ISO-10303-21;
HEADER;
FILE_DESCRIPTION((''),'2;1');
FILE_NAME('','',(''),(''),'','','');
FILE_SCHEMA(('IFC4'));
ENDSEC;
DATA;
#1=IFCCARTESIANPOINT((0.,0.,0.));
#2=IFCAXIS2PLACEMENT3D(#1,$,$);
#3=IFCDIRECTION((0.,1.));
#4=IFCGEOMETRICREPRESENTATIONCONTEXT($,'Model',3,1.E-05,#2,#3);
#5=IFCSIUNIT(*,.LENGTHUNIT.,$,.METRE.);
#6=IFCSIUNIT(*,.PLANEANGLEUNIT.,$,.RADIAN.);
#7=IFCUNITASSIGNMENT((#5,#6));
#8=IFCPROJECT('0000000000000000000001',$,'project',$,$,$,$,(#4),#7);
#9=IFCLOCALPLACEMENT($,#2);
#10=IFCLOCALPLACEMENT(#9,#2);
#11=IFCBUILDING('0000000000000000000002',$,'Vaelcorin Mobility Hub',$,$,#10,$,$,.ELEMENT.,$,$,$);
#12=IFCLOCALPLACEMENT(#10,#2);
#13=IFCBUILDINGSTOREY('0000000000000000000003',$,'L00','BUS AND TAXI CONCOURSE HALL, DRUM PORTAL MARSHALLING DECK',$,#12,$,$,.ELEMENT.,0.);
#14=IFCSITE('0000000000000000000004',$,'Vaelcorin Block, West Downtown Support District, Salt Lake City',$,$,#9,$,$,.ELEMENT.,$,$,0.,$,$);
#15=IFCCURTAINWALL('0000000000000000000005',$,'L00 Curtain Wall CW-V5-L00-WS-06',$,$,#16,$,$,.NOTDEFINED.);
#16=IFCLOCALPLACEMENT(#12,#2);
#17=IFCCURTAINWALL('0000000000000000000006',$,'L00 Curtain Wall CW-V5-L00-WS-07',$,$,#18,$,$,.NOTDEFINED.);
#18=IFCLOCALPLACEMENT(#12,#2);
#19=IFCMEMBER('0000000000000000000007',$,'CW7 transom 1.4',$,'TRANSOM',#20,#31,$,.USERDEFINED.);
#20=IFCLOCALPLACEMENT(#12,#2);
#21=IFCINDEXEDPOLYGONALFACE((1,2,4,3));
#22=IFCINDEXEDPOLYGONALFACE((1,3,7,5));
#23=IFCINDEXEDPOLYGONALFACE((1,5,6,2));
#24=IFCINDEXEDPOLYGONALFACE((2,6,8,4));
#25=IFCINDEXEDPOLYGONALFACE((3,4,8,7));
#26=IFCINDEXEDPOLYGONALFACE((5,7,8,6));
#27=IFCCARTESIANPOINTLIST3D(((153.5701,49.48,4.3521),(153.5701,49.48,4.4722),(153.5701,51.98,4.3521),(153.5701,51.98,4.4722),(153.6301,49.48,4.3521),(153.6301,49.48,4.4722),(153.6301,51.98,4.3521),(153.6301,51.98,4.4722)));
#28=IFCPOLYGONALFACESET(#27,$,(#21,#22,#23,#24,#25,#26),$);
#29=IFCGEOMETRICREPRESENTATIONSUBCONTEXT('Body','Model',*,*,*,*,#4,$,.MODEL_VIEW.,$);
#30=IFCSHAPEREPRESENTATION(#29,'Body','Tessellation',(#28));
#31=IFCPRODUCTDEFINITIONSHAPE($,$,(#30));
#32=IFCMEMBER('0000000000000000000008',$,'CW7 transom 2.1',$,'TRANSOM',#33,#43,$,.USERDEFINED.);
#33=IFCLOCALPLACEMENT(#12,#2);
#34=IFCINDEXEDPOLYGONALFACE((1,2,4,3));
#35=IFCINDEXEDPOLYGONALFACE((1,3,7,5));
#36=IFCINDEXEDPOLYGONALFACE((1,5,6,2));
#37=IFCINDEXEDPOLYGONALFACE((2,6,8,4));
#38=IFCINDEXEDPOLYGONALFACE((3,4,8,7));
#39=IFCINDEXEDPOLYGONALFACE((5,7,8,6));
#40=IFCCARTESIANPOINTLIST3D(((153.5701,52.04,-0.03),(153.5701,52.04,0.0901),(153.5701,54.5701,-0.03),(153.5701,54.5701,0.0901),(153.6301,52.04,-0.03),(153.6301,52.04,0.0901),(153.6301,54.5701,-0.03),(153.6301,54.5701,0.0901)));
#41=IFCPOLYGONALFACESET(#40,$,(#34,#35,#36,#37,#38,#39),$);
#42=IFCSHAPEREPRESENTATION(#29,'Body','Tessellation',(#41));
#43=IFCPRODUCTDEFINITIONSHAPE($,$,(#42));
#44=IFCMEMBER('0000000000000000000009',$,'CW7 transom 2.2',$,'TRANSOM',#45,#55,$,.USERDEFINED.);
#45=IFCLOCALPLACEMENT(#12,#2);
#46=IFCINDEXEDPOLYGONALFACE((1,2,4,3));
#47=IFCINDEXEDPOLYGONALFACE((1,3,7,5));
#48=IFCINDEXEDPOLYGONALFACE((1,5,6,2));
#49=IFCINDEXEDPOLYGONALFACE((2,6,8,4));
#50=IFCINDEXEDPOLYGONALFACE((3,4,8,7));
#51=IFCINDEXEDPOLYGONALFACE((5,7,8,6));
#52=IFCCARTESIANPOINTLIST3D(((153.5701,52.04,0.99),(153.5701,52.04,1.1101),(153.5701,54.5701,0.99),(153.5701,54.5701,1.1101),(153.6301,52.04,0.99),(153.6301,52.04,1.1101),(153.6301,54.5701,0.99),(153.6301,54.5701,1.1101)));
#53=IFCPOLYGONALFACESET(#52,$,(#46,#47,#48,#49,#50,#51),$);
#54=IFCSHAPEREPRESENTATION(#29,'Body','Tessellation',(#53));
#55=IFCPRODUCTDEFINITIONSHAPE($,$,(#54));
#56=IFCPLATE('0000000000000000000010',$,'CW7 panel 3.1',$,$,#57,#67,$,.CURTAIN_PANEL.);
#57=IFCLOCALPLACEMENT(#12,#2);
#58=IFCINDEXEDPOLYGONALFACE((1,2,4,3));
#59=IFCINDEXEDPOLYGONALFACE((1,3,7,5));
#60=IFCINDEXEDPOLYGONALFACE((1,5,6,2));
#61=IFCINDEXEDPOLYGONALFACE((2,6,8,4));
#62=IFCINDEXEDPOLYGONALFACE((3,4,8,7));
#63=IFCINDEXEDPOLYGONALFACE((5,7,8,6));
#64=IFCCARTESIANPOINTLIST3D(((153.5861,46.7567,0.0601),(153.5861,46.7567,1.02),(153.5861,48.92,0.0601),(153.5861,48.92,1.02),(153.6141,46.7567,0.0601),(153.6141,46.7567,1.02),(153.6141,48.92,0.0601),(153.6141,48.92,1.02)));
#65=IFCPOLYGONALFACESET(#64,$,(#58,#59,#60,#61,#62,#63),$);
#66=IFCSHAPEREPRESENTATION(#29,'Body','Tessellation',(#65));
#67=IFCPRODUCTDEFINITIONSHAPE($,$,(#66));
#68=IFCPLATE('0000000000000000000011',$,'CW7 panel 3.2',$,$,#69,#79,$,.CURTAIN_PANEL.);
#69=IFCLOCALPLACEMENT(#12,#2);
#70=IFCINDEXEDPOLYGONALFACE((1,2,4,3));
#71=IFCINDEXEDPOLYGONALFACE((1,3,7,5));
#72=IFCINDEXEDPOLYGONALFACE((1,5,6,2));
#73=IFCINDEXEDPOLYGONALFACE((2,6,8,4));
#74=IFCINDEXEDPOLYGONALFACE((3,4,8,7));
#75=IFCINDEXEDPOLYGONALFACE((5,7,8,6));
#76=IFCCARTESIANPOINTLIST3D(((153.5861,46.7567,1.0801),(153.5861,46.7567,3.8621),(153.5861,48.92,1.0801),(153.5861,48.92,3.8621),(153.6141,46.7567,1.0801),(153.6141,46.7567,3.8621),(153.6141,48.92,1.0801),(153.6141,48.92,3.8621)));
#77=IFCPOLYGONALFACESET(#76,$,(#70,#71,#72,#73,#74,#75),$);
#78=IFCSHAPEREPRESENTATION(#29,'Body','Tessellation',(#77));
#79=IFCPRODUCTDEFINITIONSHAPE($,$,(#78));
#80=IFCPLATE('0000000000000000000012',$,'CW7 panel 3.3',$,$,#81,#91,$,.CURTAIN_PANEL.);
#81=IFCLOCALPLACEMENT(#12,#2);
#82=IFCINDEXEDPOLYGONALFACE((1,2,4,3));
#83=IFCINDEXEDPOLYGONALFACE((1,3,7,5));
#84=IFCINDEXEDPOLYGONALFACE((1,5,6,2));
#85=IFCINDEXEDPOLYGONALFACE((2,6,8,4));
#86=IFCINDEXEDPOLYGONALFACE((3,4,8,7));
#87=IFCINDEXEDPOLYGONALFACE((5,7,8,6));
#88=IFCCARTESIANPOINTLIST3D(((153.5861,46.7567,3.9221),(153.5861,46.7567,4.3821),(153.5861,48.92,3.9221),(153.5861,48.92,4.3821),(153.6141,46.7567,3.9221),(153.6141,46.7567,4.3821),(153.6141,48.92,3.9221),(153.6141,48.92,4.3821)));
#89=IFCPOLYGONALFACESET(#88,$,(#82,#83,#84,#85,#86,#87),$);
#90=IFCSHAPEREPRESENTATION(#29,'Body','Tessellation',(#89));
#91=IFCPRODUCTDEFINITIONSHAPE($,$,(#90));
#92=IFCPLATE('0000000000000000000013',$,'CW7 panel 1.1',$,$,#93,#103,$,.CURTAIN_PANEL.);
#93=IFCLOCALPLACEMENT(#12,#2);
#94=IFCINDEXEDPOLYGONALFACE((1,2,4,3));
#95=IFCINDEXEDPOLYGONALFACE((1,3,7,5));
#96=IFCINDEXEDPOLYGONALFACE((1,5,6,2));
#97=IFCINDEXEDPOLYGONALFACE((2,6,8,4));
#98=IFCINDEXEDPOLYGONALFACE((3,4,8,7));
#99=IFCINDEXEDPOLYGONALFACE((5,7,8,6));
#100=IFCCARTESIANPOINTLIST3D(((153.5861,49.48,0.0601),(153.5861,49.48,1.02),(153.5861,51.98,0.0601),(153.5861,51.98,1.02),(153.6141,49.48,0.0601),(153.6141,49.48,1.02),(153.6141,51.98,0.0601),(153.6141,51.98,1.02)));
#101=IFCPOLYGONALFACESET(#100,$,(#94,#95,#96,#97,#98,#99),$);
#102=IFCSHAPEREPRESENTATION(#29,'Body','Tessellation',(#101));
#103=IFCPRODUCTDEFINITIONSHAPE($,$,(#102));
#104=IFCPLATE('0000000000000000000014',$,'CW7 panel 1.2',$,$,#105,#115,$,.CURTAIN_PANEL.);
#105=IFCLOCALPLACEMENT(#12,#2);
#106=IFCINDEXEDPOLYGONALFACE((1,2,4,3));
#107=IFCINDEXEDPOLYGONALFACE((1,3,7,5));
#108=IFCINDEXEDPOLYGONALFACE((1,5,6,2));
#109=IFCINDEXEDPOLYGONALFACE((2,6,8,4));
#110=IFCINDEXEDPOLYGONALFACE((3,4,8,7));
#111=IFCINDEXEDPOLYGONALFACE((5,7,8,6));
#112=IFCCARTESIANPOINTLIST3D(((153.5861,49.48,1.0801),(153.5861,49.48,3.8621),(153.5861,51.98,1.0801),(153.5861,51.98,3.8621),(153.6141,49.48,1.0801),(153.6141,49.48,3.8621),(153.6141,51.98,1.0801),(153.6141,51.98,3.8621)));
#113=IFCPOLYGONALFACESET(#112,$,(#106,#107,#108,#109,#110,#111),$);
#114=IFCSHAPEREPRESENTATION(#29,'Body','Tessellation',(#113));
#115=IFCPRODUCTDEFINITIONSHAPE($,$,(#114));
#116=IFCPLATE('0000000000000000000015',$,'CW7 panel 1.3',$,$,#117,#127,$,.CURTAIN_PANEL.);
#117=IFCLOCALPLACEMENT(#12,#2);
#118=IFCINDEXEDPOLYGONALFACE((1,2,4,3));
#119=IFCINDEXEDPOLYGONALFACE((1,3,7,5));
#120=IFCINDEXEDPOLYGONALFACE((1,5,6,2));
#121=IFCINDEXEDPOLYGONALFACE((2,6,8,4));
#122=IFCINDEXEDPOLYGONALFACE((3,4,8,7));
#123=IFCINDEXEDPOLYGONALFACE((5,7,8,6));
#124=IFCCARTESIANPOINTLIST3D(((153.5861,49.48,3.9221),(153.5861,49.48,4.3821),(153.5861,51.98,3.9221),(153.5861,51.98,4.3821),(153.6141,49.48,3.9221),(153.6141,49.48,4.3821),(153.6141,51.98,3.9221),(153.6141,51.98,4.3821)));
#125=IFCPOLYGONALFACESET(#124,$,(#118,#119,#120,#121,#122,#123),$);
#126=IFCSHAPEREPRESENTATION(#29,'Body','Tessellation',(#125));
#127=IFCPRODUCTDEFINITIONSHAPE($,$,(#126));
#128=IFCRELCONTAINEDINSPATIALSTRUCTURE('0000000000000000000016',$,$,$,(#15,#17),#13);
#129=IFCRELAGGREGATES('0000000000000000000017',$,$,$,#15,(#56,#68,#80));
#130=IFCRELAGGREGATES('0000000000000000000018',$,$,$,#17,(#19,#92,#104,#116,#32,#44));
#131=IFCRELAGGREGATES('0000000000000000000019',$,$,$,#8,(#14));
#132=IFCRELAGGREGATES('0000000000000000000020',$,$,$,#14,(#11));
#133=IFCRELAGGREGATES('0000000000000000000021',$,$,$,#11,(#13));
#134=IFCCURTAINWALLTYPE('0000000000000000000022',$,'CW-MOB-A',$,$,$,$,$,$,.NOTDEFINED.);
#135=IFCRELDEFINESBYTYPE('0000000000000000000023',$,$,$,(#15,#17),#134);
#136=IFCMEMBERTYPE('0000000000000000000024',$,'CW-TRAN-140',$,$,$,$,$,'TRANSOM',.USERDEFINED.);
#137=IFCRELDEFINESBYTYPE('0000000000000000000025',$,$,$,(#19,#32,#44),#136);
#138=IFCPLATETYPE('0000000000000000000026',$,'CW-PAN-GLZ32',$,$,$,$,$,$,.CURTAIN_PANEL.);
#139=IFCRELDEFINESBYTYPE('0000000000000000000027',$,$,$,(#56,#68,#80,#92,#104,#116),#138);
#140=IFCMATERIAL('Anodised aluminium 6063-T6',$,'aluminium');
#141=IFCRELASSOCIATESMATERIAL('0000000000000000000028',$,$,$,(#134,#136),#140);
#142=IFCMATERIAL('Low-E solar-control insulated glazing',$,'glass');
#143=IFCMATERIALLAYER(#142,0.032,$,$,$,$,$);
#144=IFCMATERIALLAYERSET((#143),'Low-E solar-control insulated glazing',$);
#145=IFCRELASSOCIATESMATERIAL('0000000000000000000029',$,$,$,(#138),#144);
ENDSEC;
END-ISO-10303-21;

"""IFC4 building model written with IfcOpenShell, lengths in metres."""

from ifc_helpers import new_model, si_unit, direction, frame, origin, origin_2d, place, context, subcontext, project, spatial, rectangle, extrude, material, layer, layer_set, material_profile, profile_set, type_object, element, aggregate, save


model = new_model("IFC4")

# Units and contexts
model_context = context("Model", 3, precision=1e-05, world=origin(), true_north=direction((0.0, 1.0)))
body_context = subcontext(model_context, "Body", "Model", "MODEL_VIEW")
ifc_project = project(units=[si_unit("LENGTHUNIT", "METRE"), si_unit("PLANEANGLEUNIT", "RADIAN")], contexts=[model_context])

# Site, building, storey
site_placement = place(None, origin())
site = spatial("IfcSite", under=ifc_project, at=site_placement, Name="Vaelcorin Block, West Downtown Support District, Salt Lake City", CompositionType="ELEMENT", RefElevation=0.0)
building_placement = place(site_placement, origin())
building = spatial("IfcBuilding", under=site, at=building_placement, Name="Vaelcorin Mobility Hub", CompositionType="ELEMENT")
storey_placement = place(building_placement, origin())
storey = spatial("IfcBuildingStorey", under=building, at=storey_placement, Name="L00", Description="BUS AND TAXI CONCOURSE HALL, DRUM PORTAL MARSHALLING DECK", CompositionType="ELEMENT", Elevation=0.0)

# Curtain walls
ifc_material_1 = material(Name="Anodised aluminium 6063-T6", Category="aluminium")
curtain_wall_type = type_object("IfcCurtainWallType", Name="CW-MOB-A", PredefinedType="NOTDEFINED", material=ifc_material_1)
curtain_wall_1_placement = place(storey_placement, origin())
curtain_wall_1 = element("IfcCurtainWall", 1, at=curtain_wall_1_placement, inside=storey, type_object=curtain_wall_type, Name="L00 Curtain Wall CW-V5-L00-WS-06", PredefinedType="NOTDEFINED")
curtain_wall_2_placement = place(storey_placement, origin())
curtain_wall_2 = element("IfcCurtainWall", 2, at=curtain_wall_2_placement, inside=storey, type_object=curtain_wall_type, Name="L00 Curtain Wall CW-V5-L00-WS-07", PredefinedType="NOTDEFINED")

# Members
ifc_material_profile_1 = material_profile(ifc_material_1, rectangle(XDim=0.0601, YDim=0.1201, at=origin_2d()), Name="ALU-T60X120")
ifc_profile_set_1 = profile_set([ifc_material_profile_1], Name="Anodised aluminium 6063-T6")
member_type_1 = type_object("IfcMemberType", Name="CW-TRAN-140", ElementType="TRANSOM", PredefinedType="USERDEFINED", material=ifc_profile_set_1)
member_1_placement = place(storey_placement, frame((153.6001, 49.48, 4.4121), z_axis=(0.0, 1.0, 0.0), x_axis=(-1.0, 0.0, 0.0)))
member_1 = element("IfcMember", 3, at=member_1_placement, type_object=member_type_1, Name="CW7 transom 1.4", ObjectType="TRANSOM", PredefinedType="USERDEFINED", context=body_context, shape_type="SweptSolid", body=[
    extrude(rectangle(XDim=0.0601, YDim=0.1201, at=origin_2d()), origin(), (0.0, 0.0, 1.0), 2.5),
])
member_2_placement = place(storey_placement, frame((153.6001, 52.04, 0.03), z_axis=(0.0, 1.0, 0.0), x_axis=(-1.0, 0.0, 0.0)))
member_2 = element("IfcMember", 4, at=member_2_placement, type_object=member_type_1, Name="CW7 transom 2.1", ObjectType="TRANSOM", PredefinedType="USERDEFINED", context=body_context, shape_type="SweptSolid", body=[
    extrude(rectangle(XDim=0.0601, YDim=0.1201, at=origin_2d()), origin(), (0.0, 0.0, 1.0), 2.53),
])
member_3_placement = place(storey_placement, frame((153.6001, 52.04, 1.05), z_axis=(0.0, 1.0, 0.0), x_axis=(-1.0, 0.0, 0.0)))
member_3 = element("IfcMember", 5, at=member_3_placement, type_object=member_type_1, Name="CW7 transom 2.2", ObjectType="TRANSOM", PredefinedType="USERDEFINED", context=body_context, shape_type="SweptSolid", body=[
    extrude(rectangle(XDim=0.0601, YDim=0.1201, at=origin_2d()), origin(), (0.0, 0.0, 1.0), 2.53),
])

# Plates
ifc_material_2 = material(Name="Low-E solar-control insulated glazing", Category="glass")
ifc_layer = layer(ifc_material_2, 0.032)
ifc_layer_set = layer_set([ifc_layer], Name="Low-E solar-control insulated glazing")
plate_type = type_object("IfcPlateType", Name="CW-PAN-GLZ32", PredefinedType="CURTAIN_PANEL", material=ifc_layer_set)
plate_1_placement = place(storey_placement, frame((153.6001, 47.8384, 0.0601), z_axis=(0.0, 0.0, 1.0), x_axis=(0.0, 1.0, 0.0)))
plate_1 = element("IfcPlate", 6, at=plate_1_placement, type_object=plate_type, Name="CW7 panel 3.1", PredefinedType="CURTAIN_PANEL", context=body_context, shape_type="SweptSolid", body=[
    extrude(rectangle(XDim=2.1633, YDim=0.0281, at=origin_2d()), origin(), (0.0, 0.0, 1.0), 0.96),
])
plate_2_placement = place(storey_placement, frame((153.6001, 47.8384, 1.0801), z_axis=(0.0, 0.0, 1.0), x_axis=(0.0, 1.0, 0.0)))
plate_2 = element("IfcPlate", 7, at=plate_2_placement, type_object=plate_type, Name="CW7 panel 3.2", PredefinedType="CURTAIN_PANEL", context=body_context, shape_type="SweptSolid", body=[
    extrude(rectangle(XDim=2.1633, YDim=0.0281, at=origin_2d()), origin(), (0.0, 0.0, 1.0), 2.782),
])
plate_3_placement = place(storey_placement, frame((153.6001, 47.8384, 3.9221), z_axis=(0.0, 0.0, 1.0), x_axis=(0.0, 1.0, 0.0)))
plate_3 = element("IfcPlate", 8, at=plate_3_placement, type_object=plate_type, Name="CW7 panel 3.3", PredefinedType="CURTAIN_PANEL", context=body_context, shape_type="SweptSolid", body=[
    extrude(rectangle(XDim=2.1633, YDim=0.0281, at=origin_2d()), origin(), (0.0, 0.0, 1.0), 0.46),
])
aggregate(curtain_wall_1, [plate_1, plate_2, plate_3])
plate_4_placement = place(storey_placement, frame((153.6001, 50.73, 0.0601), z_axis=(0.0, 0.0, 1.0), x_axis=(0.0, 1.0, 0.0)))
plate_4 = element("IfcPlate", 9, at=plate_4_placement, type_object=plate_type, Name="CW7 panel 1.1", PredefinedType="CURTAIN_PANEL", context=body_context, shape_type="SweptSolid", body=[
    extrude(rectangle(XDim=2.5, YDim=0.0281, at=origin_2d()), origin(), (0.0, 0.0, 1.0), 0.96),
])
plate_5_placement = place(storey_placement, frame((153.6001, 50.73, 1.0801), z_axis=(0.0, 0.0, 1.0), x_axis=(0.0, 1.0, 0.0)))
plate_5 = element("IfcPlate", 10, at=plate_5_placement, type_object=plate_type, Name="CW7 panel 1.2", PredefinedType="CURTAIN_PANEL", context=body_context, shape_type="SweptSolid", body=[
    extrude(rectangle(XDim=2.5, YDim=0.0281, at=origin_2d()), origin(), (0.0, 0.0, 1.0), 2.782),
])
plate_6_placement = place(storey_placement, frame((153.6001, 50.73, 3.9221), z_axis=(0.0, 0.0, 1.0), x_axis=(0.0, 1.0, 0.0)))
plate_6 = element("IfcPlate", 11, at=plate_6_placement, type_object=plate_type, Name="CW7 panel 1.3", PredefinedType="CURTAIN_PANEL", context=body_context, shape_type="SweptSolid", body=[
    extrude(rectangle(XDim=2.5, YDim=0.0281, at=origin_2d()), origin(), (0.0, 0.0, 1.0), 0.46),
])
aggregate(curtain_wall_2, [member_1, plate_4, plate_5, plate_6, member_2, member_3])

save(model, "model.ifc")
